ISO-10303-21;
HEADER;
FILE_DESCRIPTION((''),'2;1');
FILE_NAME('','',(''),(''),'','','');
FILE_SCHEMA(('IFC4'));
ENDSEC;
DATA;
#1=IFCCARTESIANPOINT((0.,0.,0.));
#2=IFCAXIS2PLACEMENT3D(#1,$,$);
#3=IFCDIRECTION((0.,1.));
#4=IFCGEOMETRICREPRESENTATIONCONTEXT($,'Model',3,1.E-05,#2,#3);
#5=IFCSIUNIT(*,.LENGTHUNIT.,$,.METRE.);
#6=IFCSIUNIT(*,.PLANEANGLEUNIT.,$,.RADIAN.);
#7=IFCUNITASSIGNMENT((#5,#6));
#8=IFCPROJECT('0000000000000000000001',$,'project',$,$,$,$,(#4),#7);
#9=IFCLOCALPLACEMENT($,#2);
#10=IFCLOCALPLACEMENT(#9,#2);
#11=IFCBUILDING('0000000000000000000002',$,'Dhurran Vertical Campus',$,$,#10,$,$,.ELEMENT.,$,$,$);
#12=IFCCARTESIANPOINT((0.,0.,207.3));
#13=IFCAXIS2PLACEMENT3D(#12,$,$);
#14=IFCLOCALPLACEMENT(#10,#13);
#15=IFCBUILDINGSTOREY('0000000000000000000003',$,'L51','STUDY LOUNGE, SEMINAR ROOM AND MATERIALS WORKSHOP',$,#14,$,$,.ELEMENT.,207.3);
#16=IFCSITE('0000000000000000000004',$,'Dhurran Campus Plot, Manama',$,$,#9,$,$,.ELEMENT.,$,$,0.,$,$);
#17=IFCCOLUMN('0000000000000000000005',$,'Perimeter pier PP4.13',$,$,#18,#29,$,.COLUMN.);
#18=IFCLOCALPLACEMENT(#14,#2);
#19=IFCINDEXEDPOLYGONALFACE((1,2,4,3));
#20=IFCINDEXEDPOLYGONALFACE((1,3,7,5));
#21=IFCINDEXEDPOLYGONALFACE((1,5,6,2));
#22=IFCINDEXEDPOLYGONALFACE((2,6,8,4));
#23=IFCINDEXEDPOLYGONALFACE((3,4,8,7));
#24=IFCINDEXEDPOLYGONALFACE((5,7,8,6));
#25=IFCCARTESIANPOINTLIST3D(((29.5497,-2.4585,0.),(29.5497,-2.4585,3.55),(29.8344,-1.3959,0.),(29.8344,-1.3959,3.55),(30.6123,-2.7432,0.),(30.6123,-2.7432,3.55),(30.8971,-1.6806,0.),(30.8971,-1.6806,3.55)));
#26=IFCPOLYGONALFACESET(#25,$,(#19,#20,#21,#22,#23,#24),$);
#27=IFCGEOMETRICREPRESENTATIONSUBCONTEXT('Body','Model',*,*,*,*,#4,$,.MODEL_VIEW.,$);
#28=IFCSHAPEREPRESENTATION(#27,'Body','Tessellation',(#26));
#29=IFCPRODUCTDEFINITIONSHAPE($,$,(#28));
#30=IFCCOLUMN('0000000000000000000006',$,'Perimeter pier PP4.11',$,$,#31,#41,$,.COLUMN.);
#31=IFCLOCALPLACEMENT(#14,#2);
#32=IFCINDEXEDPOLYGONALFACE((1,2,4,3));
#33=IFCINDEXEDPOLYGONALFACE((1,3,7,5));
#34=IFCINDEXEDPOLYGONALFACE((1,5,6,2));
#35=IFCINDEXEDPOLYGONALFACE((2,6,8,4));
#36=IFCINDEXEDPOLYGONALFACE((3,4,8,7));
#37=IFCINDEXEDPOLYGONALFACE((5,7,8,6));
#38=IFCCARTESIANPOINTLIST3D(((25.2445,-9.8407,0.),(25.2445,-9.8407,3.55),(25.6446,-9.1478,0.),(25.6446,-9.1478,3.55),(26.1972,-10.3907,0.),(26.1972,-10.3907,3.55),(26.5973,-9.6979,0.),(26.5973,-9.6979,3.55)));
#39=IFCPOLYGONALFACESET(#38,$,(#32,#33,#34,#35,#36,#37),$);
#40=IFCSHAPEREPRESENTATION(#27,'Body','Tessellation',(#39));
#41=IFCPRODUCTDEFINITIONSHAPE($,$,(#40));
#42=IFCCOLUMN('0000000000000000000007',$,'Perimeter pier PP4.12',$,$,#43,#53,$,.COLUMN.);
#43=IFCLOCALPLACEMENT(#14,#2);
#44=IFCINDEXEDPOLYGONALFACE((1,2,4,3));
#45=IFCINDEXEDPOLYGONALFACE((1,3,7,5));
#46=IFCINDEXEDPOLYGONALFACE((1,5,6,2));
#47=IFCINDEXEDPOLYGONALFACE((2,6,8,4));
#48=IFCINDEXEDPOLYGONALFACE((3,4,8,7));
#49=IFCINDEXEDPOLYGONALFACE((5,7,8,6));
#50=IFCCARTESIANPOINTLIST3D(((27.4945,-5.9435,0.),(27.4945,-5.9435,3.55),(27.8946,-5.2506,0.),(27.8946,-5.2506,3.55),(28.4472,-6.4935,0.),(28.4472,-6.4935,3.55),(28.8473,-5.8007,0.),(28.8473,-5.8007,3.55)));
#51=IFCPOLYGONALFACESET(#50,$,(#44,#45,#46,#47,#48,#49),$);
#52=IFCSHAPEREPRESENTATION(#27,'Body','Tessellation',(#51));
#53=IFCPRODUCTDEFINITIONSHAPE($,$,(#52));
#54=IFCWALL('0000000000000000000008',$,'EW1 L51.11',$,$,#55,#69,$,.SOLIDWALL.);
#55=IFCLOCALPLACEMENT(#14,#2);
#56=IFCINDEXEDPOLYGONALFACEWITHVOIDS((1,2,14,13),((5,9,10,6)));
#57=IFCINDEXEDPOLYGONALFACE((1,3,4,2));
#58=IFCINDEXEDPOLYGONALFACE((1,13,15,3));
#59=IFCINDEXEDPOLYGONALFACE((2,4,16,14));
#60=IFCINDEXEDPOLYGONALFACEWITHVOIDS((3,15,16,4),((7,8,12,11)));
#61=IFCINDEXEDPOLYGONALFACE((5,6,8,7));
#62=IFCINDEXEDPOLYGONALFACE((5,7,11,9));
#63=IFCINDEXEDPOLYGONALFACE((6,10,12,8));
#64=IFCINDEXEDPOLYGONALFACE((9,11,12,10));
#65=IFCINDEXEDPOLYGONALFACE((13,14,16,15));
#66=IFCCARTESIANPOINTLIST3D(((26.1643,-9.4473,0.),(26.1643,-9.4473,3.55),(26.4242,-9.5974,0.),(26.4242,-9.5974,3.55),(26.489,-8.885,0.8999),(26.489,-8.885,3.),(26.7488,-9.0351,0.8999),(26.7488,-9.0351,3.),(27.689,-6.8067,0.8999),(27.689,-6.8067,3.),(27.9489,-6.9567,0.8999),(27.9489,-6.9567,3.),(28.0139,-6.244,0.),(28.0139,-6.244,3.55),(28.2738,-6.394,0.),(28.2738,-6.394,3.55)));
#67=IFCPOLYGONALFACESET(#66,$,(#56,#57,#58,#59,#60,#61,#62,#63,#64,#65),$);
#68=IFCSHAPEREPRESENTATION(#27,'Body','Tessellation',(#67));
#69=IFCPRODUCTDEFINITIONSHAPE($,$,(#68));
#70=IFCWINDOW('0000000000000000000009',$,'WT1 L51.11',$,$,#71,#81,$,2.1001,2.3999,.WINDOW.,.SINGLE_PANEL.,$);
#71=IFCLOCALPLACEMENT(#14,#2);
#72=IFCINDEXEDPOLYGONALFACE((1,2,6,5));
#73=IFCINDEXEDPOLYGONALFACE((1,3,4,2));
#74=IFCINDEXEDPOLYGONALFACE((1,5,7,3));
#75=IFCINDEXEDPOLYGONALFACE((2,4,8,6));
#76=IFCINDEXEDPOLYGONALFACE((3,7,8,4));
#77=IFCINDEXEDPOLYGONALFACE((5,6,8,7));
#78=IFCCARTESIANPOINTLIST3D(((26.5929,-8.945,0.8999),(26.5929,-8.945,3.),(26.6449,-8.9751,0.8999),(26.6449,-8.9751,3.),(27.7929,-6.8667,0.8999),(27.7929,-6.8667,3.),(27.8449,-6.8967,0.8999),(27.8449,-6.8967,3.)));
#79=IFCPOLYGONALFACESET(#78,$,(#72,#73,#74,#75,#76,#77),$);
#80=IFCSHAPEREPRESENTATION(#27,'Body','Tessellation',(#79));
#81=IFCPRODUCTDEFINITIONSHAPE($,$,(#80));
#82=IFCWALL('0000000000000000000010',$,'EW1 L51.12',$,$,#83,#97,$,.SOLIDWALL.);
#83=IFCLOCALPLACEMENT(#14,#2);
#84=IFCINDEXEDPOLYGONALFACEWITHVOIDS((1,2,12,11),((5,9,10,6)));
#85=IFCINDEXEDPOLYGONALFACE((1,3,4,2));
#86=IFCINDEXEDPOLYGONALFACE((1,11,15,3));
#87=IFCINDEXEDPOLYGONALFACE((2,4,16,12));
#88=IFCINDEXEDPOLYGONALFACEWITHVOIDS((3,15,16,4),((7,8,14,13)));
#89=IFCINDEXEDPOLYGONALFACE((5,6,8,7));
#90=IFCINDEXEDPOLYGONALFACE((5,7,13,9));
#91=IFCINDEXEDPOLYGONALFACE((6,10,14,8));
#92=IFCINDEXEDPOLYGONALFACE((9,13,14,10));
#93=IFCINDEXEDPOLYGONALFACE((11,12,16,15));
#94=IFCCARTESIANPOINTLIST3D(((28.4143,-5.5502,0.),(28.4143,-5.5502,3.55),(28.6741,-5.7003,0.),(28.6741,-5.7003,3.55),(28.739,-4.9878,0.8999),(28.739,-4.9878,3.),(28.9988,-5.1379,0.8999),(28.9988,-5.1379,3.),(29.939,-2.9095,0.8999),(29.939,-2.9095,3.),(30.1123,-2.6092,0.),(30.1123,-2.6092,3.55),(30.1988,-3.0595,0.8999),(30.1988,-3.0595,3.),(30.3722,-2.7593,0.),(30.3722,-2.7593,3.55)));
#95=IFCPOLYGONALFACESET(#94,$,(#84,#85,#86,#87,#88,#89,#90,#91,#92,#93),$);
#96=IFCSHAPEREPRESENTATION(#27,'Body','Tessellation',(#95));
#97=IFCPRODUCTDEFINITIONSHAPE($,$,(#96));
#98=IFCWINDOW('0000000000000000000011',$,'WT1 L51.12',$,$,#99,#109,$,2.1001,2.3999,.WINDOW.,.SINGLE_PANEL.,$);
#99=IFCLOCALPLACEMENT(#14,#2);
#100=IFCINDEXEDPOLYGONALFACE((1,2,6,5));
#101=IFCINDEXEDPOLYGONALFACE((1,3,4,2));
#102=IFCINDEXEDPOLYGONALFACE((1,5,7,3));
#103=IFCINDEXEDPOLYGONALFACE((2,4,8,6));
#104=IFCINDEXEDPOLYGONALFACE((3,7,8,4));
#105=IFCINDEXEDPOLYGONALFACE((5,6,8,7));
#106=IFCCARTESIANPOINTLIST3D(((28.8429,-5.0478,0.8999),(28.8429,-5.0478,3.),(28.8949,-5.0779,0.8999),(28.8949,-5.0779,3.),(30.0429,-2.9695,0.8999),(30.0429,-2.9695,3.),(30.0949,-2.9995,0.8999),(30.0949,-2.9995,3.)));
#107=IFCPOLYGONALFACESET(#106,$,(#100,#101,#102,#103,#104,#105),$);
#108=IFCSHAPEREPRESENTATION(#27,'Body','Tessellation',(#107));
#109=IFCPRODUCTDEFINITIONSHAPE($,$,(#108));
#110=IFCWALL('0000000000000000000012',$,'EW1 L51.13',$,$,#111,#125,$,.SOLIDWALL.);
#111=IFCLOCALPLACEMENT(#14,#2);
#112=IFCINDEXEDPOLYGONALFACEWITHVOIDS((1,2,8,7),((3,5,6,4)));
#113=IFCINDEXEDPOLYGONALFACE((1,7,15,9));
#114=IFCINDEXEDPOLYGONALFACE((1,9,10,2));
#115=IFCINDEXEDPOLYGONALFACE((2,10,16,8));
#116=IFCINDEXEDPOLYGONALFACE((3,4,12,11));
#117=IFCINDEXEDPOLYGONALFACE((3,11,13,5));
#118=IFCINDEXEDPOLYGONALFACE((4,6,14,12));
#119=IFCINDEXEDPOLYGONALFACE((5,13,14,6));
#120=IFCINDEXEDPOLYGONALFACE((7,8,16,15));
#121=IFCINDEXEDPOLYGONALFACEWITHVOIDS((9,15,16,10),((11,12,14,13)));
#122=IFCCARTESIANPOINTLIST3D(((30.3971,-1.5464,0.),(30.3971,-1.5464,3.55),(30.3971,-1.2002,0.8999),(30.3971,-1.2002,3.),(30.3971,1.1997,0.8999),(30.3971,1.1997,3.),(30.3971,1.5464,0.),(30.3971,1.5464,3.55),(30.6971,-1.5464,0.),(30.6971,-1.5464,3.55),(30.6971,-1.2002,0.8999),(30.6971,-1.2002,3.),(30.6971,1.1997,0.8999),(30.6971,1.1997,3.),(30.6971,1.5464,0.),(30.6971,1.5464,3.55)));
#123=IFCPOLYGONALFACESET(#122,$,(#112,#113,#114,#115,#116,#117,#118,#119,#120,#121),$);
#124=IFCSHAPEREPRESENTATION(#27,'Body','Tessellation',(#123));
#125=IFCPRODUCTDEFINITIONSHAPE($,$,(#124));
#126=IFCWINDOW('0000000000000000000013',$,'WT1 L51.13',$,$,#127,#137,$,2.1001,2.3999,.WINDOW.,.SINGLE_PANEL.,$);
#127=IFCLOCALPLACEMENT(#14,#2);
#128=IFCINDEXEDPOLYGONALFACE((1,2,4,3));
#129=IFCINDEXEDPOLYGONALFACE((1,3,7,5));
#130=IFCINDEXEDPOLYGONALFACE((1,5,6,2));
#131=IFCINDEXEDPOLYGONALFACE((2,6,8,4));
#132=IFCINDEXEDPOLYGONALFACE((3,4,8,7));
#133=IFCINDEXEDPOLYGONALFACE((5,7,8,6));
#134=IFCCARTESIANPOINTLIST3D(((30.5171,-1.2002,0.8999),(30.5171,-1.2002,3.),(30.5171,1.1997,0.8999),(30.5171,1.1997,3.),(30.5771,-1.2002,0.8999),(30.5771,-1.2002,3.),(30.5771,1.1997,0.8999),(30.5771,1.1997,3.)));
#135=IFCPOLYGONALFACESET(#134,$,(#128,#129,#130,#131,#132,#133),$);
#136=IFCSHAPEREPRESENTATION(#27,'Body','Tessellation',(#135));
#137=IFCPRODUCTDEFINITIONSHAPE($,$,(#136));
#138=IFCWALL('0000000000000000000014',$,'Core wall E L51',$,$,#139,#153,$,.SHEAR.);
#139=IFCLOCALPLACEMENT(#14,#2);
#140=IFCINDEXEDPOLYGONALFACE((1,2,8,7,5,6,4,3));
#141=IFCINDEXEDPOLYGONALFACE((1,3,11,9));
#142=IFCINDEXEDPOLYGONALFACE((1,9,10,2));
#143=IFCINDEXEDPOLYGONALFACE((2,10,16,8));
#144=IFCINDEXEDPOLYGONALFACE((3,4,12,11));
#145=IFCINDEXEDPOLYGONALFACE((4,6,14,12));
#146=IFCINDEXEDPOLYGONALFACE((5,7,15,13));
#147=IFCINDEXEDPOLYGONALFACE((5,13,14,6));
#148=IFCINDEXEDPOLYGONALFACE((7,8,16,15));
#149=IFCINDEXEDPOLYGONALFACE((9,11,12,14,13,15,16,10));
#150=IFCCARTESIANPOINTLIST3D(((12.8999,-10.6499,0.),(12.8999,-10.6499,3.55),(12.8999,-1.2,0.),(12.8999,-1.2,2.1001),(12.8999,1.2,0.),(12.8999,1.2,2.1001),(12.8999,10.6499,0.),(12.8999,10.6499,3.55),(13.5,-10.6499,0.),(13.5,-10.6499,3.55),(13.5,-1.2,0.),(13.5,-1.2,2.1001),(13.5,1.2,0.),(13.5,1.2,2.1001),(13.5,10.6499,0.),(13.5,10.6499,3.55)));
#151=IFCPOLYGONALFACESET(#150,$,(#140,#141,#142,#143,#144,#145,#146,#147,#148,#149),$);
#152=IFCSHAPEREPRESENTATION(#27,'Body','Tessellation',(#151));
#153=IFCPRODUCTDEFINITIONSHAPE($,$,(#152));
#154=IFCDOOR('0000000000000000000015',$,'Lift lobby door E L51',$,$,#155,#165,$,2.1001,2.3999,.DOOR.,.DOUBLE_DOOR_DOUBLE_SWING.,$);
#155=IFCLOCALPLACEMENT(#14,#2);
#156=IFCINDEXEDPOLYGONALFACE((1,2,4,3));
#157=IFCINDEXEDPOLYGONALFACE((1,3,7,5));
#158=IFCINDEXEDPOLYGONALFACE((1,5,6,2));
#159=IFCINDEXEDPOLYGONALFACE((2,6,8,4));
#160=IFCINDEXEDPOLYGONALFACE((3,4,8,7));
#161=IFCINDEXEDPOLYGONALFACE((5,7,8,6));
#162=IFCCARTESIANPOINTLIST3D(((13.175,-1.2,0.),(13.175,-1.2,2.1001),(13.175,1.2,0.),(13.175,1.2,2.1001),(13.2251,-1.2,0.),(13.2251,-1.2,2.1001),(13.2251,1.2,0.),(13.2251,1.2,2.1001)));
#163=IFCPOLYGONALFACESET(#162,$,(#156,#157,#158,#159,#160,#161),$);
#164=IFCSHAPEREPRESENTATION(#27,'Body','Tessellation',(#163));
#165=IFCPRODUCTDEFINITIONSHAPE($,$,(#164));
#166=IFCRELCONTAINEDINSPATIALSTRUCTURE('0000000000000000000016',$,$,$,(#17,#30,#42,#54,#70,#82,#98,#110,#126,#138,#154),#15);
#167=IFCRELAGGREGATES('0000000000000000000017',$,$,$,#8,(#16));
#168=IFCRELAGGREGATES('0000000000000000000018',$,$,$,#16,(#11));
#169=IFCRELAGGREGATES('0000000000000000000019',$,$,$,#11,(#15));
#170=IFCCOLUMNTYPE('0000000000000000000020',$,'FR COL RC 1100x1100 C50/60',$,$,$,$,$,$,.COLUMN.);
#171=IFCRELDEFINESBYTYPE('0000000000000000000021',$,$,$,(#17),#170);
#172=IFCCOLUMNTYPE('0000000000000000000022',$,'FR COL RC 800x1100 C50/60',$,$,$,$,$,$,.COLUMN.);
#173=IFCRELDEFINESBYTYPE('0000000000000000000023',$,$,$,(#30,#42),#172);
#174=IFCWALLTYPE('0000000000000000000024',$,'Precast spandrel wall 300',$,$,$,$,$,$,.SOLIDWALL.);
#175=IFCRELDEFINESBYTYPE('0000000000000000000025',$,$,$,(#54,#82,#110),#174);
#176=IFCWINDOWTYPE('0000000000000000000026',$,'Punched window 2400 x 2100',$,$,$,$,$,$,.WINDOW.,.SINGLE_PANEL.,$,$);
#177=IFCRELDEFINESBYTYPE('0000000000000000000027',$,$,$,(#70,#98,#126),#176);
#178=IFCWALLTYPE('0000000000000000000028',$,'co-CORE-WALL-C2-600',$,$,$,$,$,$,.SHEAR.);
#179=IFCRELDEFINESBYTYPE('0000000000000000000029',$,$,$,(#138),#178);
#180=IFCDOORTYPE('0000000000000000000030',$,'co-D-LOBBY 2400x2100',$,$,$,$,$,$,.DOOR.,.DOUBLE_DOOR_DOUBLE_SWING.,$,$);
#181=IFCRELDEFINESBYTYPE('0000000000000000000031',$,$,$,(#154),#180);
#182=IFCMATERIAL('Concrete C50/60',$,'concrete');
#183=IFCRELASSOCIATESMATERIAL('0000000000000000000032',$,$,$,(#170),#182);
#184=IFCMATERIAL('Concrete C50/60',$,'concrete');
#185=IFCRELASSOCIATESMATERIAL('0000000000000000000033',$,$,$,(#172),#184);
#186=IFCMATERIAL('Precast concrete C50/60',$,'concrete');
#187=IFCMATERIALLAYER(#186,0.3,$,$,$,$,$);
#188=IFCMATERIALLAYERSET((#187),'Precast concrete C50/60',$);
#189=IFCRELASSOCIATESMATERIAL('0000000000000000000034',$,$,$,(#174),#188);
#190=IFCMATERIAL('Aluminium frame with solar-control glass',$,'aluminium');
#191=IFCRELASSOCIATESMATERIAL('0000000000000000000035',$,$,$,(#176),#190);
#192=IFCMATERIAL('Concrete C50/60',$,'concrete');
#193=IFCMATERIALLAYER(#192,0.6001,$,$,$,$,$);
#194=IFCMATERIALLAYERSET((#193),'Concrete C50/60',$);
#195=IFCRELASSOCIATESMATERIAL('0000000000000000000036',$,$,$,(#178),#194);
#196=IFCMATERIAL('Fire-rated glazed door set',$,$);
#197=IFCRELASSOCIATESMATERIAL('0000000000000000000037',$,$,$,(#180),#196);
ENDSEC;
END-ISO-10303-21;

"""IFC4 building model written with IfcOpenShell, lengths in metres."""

from ifc_helpers import new_model, si_unit, direction, frame, frame_2d, origin, origin_2d, place, context, subcontext, project, spatial, rectangle, extrude, material, layer, layer_set, material_profile, profile_set, type_object, element, fill, save


model = new_model("IFC4")

# Units and contexts
model_context = context("Model", 3, precision=1e-05, world=origin(), true_north=direction((0.0, 1.0)))
body_context = subcontext(model_context, "Body", "Model", "MODEL_VIEW")
ifc_project = project(units=[si_unit("LENGTHUNIT", "METRE"), si_unit("PLANEANGLEUNIT", "RADIAN")], contexts=[model_context])

# Site, building, storey
site_placement = place(None, origin())
site = spatial("IfcSite", under=ifc_project, at=site_placement, Name="Dhurran Campus Plot, Manama", CompositionType="ELEMENT", RefElevation=0.0)
building_placement = place(site_placement, origin())
building = spatial("IfcBuilding", under=site, at=building_placement, Name="Dhurran Vertical Campus", CompositionType="ELEMENT")
storey_placement = place(building_placement, frame((0.0, 0.0, 207.3)))
storey = spatial("IfcBuildingStorey", under=building, at=storey_placement, Name="L51", Description="STUDY LOUNGE, SEMINAR ROOM AND MATERIALS WORKSHOP", CompositionType="ELEMENT", Elevation=207.3)

# Columns
ifc_material_1 = material(Name="Concrete C50/60", Category="concrete")
ifc_material_profile_1 = material_profile(ifc_material_1, rectangle(XDim=1.1001, YDim=1.1001, at=origin_2d()), Name="RC 1100x1100")
ifc_profile_set_1 = profile_set([ifc_material_profile_1], Name="Concrete C50/60")
column_type_1 = type_object("IfcColumnType", Name="FR COL RC 1100x1100 C50/60", PredefinedType="COLUMN", material=ifc_profile_set_1)
column_placement = place(storey_placement, frame((30.2234, -2.0696, 0.0), z_axis=(0.0, 0.0, 1.0), x_axis=(0.258819, 0.965926, 0.0)))
element("IfcColumn", 1, at=column_placement, inside=storey, type_object=column_type_1, Name="Perimeter pier PP4.13", PredefinedType="COLUMN", context=body_context, shape_type="SweptSolid", body=[
    extrude(rectangle(XDim=1.1001, YDim=1.1001, at=origin_2d()), origin(), (0.0, 0.0, 1.0), 3.55),
])
ifc_material_2 = material(Name="Concrete C50/60", Category="concrete")
ifc_material_profile_2 = material_profile(ifc_material_2, rectangle(XDim=0.8, YDim=1.1001, at=origin_2d()), Name="RC 800x1100")
ifc_profile_set_2 = profile_set([ifc_material_profile_2], Name="Concrete C50/60")
column_type_2 = type_object("IfcColumnType", Name="FR COL RC 800x1100 C50/60", PredefinedType="COLUMN", material=ifc_profile_set_2)
for number, where, z_axis, x_axis, name in (
    (2, (25.9209, -9.7693, 0.0), (0.0, 0.0, 1.0), (0.5, 0.866025, 0.0), "Perimeter pier PP4.11"),
    (3, (28.1709, -5.8721, 0.0), (0.0, 0.0, 1.0), (0.5, 0.866025, 0.0), "Perimeter pier PP4.12"),
):
    element("IfcColumn", number, at=place(storey_placement, frame(where, z_axis=z_axis, x_axis=x_axis)), inside=storey, type_object=column_type_2, Name=name, PredefinedType="COLUMN", context=body_context, shape_type="SweptSolid", body=[
        extrude(rectangle(XDim=0.8, YDim=1.1001, at=origin_2d()), origin(), (0.0, 0.0, 1.0), 3.55),
    ])

# Walls, openings, windows
ifc_material_3 = material(Name="Precast concrete C50/60", Category="concrete")
ifc_layer_1 = layer(ifc_material_3, 0.3)
ifc_layer_set_1 = layer_set([ifc_layer_1], Name="Precast concrete C50/60")
wall_type_1 = type_object("IfcWallType", Name="Precast spandrel wall 300", PredefinedType="SOLIDWALL", material=ifc_layer_set_1)
wall_1_placement = place(storey_placement, frame((26.2942, -9.5225, 0.0), z_axis=(0.0, 0.0, 1.0), x_axis=(0.500029, 0.866009, 0.0)))
wall_1 = element("IfcWall", 4, at=wall_1_placement, inside=storey, type_object=wall_type_1, Name="EW1 L51.11", PredefinedType="SOLIDWALL", context=body_context, shape_type="SweptSolid", body=[
    extrude(rectangle(XDim=3.699, YDim=0.3, at=frame_2d((1.8496, 0.0))), origin(), (0.0, 0.0, 1.0), 3.55),
])
opening_1_placement = place(wall_1_placement, frame((0.6494, 0.0, 0.8999)))
opening_1 = element("IfcOpeningElement", 5, at=opening_1_placement, cuts=wall_1, PredefinedType="OPENING", context=body_context, shape_type="SweptSolid", body=[
    extrude(rectangle(XDim=2.3999, YDim=2.1001, at=frame_2d((1.2, 1.05))), frame((0.0, 0.1599, 0.0), z_axis=(0.0, -1.0, 0.0), x_axis=(1.0, 0.0, 0.0)), (0.0, 0.0, 1.0), 0.3201),
])
ifc_material_4 = material(Name="Aluminium frame with solar-control glass", Category="aluminium")
window_type = type_object("IfcWindowType", Name="Punched window 2400 x 2100", PartitioningType="SINGLE_PANEL", PredefinedType="WINDOW", material=ifc_material_4)
window_1_placement = place(opening_1_placement, origin())
window_1 = element("IfcWindow", 6, at=window_1_placement, inside=storey, type_object=window_type, Name="WT1 L51.11", OverallHeight=2.1001, OverallWidth=2.3999, PartitioningType="SINGLE_PANEL", PredefinedType="WINDOW", context=body_context, shape_type="SweptSolid", body=[
    extrude(rectangle(XDim=2.3999, YDim=2.1001, at=frame_2d((1.2, 1.05))), frame((0.0, 0.03, 0.0), z_axis=(0.0, -1.0, 0.0), x_axis=(1.0, 0.0, 0.0)), (0.0, 0.0, 1.0), 0.0601),
])
fill(opening_1, window_1)
wall_2_placement = place(storey_placement, frame((28.5442, -5.6252, 0.0), z_axis=(0.0, 0.0, 1.0), x_axis=(0.500013, 0.866018, 0.0)))
wall_2 = element("IfcWall", 7, at=wall_2_placement, inside=storey, type_object=wall_type_1, Name="EW1 L51.12", PredefinedType="SOLIDWALL", context=body_context, shape_type="SweptSolid", body=[
    extrude(rectangle(XDim=3.396, YDim=0.3, at=frame_2d((1.698, 0.0))), origin(), (0.0, 0.0, 1.0), 3.55),
])
opening_2_placement = place(wall_2_placement, frame((0.6494, 0.0, 0.8999)))
opening_2 = element("IfcOpeningElement", 8, at=opening_2_placement, cuts=wall_2, PredefinedType="OPENING", context=body_context, shape_type="SweptSolid", body=[
    extrude(rectangle(XDim=2.3999, YDim=2.1001, at=frame_2d((1.2, 1.05))), frame((0.0, 0.1599, 0.0), z_axis=(0.0, -1.0, 0.0), x_axis=(1.0, 0.0, 0.0)), (0.0, 0.0, 1.0), 0.3201),
])
window_2_placement = place(opening_2_placement, origin())
window_2 = element("IfcWindow", 9, at=window_2_placement, inside=storey, type_object=window_type, Name="WT1 L51.12", OverallHeight=2.1001, OverallWidth=2.3999, PartitioningType="SINGLE_PANEL", PredefinedType="WINDOW", context=body_context, shape_type="SweptSolid", body=[
    extrude(rectangle(XDim=2.3999, YDim=2.1001, at=frame_2d((1.2, 1.05))), frame((0.0, 0.03, 0.0), z_axis=(0.0, -1.0, 0.0), x_axis=(1.0, 0.0, 0.0)), (0.0, 0.0, 1.0), 0.0601),
])
fill(opening_2, window_2)
wall_3_placement = place(storey_placement, frame((30.5471, -1.5464, 0.0), z_axis=(0.0, 0.0, 1.0), x_axis=(0.0, 1.0, 0.0)))
wall_3 = element("IfcWall", 10, at=wall_3_placement, inside=storey, type_object=wall_type_1, Name="EW1 L51.13", PredefinedType="SOLIDWALL", context=body_context, shape_type="SweptSolid", body=[
    extrude(rectangle(XDim=3.0928, YDim=0.3, at=frame_2d((1.5464, 0.0))), origin(), (0.0, 0.0, 1.0), 3.55),
])
opening_3_placement = place(wall_3_placement, frame((0.3462, 0.0, 0.8999)))
opening_3 = element("IfcOpeningElement", 11, at=opening_3_placement, cuts=wall_3, PredefinedType="OPENING", context=body_context, shape_type="SweptSolid", body=[
    extrude(rectangle(XDim=2.3999, YDim=2.1001, at=frame_2d((1.2, 1.05))), frame((0.0, 0.1599, 0.0), z_axis=(0.0, -1.0, 0.0), x_axis=(1.0, 0.0, 0.0)), (0.0, 0.0, 1.0), 0.3201),
])
window_3_placement = place(opening_3_placement, origin())
window_3 = element("IfcWindow", 12, at=window_3_placement, inside=storey, type_object=window_type, Name="WT1 L51.13", OverallHeight=2.1001, OverallWidth=2.3999, PartitioningType="SINGLE_PANEL", PredefinedType="WINDOW", context=body_context, shape_type="SweptSolid", body=[
    extrude(rectangle(XDim=2.3999, YDim=2.1001, at=frame_2d((1.2, 1.05))), frame((0.0, 0.03, 0.0), z_axis=(0.0, -1.0, 0.0), x_axis=(1.0, 0.0, 0.0)), (0.0, 0.0, 1.0), 0.0601),
])
fill(opening_3, window_3)

# Wall, opening, door
ifc_material_5 = material(Name="Concrete C50/60", Category="concrete")
ifc_layer_2 = layer(ifc_material_5, 0.6001)
ifc_layer_set_2 = layer_set([ifc_layer_2], Name="Concrete C50/60")
wall_type_2 = type_object("IfcWallType", Name="co-CORE-WALL-C2-600", PredefinedType="SHEAR", material=ifc_layer_set_2)
wall_4_placement = place(storey_placement, frame((13.2, -10.6499, 0.0), z_axis=(0.0, 0.0, 1.0), x_axis=(0.0, 1.0, 0.0)))
wall_4 = element("IfcWall", 13, at=wall_4_placement, inside=storey, type_object=wall_type_2, Name="Core wall E L51", PredefinedType="SHEAR", context=body_context, shape_type="SweptSolid", body=[
    extrude(rectangle(XDim=21.2998, YDim=0.6001, at=frame_2d((10.6499, 0.0))), origin(), (0.0, 0.0, 1.0), 3.55),
])
opening_4_placement = place(wall_4_placement, frame((9.45, 0.0, 0.0)))
opening_4 = element("IfcOpeningElement", 14, at=opening_4_placement, cuts=wall_4, PredefinedType="OPENING", context=body_context, shape_type="SweptSolid", body=[
    extrude(rectangle(XDim=2.3999, YDim=2.1001, at=frame_2d((1.2, 1.05))), frame((0.0, 0.3101, 0.0), z_axis=(0.0, -1.0, 0.0), x_axis=(1.0, 0.0, 0.0)), (0.0, 0.0, 1.0), 0.6201),
])
ifc_material_6 = material(Name="Fire-rated glazed door set")
door_type_1 = type_object("IfcDoorType", Name="co-D-LOBBY 2400x2100", OperationType="DOUBLE_DOOR_DOUBLE_SWING", PredefinedType="DOOR", material=ifc_material_6)
door_1_placement = place(opening_4_placement, origin())
door_1 = element("IfcDoor", 15, at=door_1_placement, inside=storey, type_object=door_type_1, Name="Lift lobby door E L51", OperationType="DOUBLE_DOOR_DOUBLE_SWING", OverallHeight=2.1001, OverallWidth=2.3999, PredefinedType="DOOR", context=body_context, shape_type="SweptSolid", body=[
    extrude(rectangle(XDim=2.3999, YDim=2.1001, at=frame_2d((1.2, 1.05))), frame((0.0, 0.0249, 0.0), z_axis=(0.0, -1.0, 0.0), x_axis=(1.0, 0.0, 0.0)), (0.0, 0.0, 1.0), 0.05),
])
fill(opening_4, door_1)

save(model, "model.ifc")
